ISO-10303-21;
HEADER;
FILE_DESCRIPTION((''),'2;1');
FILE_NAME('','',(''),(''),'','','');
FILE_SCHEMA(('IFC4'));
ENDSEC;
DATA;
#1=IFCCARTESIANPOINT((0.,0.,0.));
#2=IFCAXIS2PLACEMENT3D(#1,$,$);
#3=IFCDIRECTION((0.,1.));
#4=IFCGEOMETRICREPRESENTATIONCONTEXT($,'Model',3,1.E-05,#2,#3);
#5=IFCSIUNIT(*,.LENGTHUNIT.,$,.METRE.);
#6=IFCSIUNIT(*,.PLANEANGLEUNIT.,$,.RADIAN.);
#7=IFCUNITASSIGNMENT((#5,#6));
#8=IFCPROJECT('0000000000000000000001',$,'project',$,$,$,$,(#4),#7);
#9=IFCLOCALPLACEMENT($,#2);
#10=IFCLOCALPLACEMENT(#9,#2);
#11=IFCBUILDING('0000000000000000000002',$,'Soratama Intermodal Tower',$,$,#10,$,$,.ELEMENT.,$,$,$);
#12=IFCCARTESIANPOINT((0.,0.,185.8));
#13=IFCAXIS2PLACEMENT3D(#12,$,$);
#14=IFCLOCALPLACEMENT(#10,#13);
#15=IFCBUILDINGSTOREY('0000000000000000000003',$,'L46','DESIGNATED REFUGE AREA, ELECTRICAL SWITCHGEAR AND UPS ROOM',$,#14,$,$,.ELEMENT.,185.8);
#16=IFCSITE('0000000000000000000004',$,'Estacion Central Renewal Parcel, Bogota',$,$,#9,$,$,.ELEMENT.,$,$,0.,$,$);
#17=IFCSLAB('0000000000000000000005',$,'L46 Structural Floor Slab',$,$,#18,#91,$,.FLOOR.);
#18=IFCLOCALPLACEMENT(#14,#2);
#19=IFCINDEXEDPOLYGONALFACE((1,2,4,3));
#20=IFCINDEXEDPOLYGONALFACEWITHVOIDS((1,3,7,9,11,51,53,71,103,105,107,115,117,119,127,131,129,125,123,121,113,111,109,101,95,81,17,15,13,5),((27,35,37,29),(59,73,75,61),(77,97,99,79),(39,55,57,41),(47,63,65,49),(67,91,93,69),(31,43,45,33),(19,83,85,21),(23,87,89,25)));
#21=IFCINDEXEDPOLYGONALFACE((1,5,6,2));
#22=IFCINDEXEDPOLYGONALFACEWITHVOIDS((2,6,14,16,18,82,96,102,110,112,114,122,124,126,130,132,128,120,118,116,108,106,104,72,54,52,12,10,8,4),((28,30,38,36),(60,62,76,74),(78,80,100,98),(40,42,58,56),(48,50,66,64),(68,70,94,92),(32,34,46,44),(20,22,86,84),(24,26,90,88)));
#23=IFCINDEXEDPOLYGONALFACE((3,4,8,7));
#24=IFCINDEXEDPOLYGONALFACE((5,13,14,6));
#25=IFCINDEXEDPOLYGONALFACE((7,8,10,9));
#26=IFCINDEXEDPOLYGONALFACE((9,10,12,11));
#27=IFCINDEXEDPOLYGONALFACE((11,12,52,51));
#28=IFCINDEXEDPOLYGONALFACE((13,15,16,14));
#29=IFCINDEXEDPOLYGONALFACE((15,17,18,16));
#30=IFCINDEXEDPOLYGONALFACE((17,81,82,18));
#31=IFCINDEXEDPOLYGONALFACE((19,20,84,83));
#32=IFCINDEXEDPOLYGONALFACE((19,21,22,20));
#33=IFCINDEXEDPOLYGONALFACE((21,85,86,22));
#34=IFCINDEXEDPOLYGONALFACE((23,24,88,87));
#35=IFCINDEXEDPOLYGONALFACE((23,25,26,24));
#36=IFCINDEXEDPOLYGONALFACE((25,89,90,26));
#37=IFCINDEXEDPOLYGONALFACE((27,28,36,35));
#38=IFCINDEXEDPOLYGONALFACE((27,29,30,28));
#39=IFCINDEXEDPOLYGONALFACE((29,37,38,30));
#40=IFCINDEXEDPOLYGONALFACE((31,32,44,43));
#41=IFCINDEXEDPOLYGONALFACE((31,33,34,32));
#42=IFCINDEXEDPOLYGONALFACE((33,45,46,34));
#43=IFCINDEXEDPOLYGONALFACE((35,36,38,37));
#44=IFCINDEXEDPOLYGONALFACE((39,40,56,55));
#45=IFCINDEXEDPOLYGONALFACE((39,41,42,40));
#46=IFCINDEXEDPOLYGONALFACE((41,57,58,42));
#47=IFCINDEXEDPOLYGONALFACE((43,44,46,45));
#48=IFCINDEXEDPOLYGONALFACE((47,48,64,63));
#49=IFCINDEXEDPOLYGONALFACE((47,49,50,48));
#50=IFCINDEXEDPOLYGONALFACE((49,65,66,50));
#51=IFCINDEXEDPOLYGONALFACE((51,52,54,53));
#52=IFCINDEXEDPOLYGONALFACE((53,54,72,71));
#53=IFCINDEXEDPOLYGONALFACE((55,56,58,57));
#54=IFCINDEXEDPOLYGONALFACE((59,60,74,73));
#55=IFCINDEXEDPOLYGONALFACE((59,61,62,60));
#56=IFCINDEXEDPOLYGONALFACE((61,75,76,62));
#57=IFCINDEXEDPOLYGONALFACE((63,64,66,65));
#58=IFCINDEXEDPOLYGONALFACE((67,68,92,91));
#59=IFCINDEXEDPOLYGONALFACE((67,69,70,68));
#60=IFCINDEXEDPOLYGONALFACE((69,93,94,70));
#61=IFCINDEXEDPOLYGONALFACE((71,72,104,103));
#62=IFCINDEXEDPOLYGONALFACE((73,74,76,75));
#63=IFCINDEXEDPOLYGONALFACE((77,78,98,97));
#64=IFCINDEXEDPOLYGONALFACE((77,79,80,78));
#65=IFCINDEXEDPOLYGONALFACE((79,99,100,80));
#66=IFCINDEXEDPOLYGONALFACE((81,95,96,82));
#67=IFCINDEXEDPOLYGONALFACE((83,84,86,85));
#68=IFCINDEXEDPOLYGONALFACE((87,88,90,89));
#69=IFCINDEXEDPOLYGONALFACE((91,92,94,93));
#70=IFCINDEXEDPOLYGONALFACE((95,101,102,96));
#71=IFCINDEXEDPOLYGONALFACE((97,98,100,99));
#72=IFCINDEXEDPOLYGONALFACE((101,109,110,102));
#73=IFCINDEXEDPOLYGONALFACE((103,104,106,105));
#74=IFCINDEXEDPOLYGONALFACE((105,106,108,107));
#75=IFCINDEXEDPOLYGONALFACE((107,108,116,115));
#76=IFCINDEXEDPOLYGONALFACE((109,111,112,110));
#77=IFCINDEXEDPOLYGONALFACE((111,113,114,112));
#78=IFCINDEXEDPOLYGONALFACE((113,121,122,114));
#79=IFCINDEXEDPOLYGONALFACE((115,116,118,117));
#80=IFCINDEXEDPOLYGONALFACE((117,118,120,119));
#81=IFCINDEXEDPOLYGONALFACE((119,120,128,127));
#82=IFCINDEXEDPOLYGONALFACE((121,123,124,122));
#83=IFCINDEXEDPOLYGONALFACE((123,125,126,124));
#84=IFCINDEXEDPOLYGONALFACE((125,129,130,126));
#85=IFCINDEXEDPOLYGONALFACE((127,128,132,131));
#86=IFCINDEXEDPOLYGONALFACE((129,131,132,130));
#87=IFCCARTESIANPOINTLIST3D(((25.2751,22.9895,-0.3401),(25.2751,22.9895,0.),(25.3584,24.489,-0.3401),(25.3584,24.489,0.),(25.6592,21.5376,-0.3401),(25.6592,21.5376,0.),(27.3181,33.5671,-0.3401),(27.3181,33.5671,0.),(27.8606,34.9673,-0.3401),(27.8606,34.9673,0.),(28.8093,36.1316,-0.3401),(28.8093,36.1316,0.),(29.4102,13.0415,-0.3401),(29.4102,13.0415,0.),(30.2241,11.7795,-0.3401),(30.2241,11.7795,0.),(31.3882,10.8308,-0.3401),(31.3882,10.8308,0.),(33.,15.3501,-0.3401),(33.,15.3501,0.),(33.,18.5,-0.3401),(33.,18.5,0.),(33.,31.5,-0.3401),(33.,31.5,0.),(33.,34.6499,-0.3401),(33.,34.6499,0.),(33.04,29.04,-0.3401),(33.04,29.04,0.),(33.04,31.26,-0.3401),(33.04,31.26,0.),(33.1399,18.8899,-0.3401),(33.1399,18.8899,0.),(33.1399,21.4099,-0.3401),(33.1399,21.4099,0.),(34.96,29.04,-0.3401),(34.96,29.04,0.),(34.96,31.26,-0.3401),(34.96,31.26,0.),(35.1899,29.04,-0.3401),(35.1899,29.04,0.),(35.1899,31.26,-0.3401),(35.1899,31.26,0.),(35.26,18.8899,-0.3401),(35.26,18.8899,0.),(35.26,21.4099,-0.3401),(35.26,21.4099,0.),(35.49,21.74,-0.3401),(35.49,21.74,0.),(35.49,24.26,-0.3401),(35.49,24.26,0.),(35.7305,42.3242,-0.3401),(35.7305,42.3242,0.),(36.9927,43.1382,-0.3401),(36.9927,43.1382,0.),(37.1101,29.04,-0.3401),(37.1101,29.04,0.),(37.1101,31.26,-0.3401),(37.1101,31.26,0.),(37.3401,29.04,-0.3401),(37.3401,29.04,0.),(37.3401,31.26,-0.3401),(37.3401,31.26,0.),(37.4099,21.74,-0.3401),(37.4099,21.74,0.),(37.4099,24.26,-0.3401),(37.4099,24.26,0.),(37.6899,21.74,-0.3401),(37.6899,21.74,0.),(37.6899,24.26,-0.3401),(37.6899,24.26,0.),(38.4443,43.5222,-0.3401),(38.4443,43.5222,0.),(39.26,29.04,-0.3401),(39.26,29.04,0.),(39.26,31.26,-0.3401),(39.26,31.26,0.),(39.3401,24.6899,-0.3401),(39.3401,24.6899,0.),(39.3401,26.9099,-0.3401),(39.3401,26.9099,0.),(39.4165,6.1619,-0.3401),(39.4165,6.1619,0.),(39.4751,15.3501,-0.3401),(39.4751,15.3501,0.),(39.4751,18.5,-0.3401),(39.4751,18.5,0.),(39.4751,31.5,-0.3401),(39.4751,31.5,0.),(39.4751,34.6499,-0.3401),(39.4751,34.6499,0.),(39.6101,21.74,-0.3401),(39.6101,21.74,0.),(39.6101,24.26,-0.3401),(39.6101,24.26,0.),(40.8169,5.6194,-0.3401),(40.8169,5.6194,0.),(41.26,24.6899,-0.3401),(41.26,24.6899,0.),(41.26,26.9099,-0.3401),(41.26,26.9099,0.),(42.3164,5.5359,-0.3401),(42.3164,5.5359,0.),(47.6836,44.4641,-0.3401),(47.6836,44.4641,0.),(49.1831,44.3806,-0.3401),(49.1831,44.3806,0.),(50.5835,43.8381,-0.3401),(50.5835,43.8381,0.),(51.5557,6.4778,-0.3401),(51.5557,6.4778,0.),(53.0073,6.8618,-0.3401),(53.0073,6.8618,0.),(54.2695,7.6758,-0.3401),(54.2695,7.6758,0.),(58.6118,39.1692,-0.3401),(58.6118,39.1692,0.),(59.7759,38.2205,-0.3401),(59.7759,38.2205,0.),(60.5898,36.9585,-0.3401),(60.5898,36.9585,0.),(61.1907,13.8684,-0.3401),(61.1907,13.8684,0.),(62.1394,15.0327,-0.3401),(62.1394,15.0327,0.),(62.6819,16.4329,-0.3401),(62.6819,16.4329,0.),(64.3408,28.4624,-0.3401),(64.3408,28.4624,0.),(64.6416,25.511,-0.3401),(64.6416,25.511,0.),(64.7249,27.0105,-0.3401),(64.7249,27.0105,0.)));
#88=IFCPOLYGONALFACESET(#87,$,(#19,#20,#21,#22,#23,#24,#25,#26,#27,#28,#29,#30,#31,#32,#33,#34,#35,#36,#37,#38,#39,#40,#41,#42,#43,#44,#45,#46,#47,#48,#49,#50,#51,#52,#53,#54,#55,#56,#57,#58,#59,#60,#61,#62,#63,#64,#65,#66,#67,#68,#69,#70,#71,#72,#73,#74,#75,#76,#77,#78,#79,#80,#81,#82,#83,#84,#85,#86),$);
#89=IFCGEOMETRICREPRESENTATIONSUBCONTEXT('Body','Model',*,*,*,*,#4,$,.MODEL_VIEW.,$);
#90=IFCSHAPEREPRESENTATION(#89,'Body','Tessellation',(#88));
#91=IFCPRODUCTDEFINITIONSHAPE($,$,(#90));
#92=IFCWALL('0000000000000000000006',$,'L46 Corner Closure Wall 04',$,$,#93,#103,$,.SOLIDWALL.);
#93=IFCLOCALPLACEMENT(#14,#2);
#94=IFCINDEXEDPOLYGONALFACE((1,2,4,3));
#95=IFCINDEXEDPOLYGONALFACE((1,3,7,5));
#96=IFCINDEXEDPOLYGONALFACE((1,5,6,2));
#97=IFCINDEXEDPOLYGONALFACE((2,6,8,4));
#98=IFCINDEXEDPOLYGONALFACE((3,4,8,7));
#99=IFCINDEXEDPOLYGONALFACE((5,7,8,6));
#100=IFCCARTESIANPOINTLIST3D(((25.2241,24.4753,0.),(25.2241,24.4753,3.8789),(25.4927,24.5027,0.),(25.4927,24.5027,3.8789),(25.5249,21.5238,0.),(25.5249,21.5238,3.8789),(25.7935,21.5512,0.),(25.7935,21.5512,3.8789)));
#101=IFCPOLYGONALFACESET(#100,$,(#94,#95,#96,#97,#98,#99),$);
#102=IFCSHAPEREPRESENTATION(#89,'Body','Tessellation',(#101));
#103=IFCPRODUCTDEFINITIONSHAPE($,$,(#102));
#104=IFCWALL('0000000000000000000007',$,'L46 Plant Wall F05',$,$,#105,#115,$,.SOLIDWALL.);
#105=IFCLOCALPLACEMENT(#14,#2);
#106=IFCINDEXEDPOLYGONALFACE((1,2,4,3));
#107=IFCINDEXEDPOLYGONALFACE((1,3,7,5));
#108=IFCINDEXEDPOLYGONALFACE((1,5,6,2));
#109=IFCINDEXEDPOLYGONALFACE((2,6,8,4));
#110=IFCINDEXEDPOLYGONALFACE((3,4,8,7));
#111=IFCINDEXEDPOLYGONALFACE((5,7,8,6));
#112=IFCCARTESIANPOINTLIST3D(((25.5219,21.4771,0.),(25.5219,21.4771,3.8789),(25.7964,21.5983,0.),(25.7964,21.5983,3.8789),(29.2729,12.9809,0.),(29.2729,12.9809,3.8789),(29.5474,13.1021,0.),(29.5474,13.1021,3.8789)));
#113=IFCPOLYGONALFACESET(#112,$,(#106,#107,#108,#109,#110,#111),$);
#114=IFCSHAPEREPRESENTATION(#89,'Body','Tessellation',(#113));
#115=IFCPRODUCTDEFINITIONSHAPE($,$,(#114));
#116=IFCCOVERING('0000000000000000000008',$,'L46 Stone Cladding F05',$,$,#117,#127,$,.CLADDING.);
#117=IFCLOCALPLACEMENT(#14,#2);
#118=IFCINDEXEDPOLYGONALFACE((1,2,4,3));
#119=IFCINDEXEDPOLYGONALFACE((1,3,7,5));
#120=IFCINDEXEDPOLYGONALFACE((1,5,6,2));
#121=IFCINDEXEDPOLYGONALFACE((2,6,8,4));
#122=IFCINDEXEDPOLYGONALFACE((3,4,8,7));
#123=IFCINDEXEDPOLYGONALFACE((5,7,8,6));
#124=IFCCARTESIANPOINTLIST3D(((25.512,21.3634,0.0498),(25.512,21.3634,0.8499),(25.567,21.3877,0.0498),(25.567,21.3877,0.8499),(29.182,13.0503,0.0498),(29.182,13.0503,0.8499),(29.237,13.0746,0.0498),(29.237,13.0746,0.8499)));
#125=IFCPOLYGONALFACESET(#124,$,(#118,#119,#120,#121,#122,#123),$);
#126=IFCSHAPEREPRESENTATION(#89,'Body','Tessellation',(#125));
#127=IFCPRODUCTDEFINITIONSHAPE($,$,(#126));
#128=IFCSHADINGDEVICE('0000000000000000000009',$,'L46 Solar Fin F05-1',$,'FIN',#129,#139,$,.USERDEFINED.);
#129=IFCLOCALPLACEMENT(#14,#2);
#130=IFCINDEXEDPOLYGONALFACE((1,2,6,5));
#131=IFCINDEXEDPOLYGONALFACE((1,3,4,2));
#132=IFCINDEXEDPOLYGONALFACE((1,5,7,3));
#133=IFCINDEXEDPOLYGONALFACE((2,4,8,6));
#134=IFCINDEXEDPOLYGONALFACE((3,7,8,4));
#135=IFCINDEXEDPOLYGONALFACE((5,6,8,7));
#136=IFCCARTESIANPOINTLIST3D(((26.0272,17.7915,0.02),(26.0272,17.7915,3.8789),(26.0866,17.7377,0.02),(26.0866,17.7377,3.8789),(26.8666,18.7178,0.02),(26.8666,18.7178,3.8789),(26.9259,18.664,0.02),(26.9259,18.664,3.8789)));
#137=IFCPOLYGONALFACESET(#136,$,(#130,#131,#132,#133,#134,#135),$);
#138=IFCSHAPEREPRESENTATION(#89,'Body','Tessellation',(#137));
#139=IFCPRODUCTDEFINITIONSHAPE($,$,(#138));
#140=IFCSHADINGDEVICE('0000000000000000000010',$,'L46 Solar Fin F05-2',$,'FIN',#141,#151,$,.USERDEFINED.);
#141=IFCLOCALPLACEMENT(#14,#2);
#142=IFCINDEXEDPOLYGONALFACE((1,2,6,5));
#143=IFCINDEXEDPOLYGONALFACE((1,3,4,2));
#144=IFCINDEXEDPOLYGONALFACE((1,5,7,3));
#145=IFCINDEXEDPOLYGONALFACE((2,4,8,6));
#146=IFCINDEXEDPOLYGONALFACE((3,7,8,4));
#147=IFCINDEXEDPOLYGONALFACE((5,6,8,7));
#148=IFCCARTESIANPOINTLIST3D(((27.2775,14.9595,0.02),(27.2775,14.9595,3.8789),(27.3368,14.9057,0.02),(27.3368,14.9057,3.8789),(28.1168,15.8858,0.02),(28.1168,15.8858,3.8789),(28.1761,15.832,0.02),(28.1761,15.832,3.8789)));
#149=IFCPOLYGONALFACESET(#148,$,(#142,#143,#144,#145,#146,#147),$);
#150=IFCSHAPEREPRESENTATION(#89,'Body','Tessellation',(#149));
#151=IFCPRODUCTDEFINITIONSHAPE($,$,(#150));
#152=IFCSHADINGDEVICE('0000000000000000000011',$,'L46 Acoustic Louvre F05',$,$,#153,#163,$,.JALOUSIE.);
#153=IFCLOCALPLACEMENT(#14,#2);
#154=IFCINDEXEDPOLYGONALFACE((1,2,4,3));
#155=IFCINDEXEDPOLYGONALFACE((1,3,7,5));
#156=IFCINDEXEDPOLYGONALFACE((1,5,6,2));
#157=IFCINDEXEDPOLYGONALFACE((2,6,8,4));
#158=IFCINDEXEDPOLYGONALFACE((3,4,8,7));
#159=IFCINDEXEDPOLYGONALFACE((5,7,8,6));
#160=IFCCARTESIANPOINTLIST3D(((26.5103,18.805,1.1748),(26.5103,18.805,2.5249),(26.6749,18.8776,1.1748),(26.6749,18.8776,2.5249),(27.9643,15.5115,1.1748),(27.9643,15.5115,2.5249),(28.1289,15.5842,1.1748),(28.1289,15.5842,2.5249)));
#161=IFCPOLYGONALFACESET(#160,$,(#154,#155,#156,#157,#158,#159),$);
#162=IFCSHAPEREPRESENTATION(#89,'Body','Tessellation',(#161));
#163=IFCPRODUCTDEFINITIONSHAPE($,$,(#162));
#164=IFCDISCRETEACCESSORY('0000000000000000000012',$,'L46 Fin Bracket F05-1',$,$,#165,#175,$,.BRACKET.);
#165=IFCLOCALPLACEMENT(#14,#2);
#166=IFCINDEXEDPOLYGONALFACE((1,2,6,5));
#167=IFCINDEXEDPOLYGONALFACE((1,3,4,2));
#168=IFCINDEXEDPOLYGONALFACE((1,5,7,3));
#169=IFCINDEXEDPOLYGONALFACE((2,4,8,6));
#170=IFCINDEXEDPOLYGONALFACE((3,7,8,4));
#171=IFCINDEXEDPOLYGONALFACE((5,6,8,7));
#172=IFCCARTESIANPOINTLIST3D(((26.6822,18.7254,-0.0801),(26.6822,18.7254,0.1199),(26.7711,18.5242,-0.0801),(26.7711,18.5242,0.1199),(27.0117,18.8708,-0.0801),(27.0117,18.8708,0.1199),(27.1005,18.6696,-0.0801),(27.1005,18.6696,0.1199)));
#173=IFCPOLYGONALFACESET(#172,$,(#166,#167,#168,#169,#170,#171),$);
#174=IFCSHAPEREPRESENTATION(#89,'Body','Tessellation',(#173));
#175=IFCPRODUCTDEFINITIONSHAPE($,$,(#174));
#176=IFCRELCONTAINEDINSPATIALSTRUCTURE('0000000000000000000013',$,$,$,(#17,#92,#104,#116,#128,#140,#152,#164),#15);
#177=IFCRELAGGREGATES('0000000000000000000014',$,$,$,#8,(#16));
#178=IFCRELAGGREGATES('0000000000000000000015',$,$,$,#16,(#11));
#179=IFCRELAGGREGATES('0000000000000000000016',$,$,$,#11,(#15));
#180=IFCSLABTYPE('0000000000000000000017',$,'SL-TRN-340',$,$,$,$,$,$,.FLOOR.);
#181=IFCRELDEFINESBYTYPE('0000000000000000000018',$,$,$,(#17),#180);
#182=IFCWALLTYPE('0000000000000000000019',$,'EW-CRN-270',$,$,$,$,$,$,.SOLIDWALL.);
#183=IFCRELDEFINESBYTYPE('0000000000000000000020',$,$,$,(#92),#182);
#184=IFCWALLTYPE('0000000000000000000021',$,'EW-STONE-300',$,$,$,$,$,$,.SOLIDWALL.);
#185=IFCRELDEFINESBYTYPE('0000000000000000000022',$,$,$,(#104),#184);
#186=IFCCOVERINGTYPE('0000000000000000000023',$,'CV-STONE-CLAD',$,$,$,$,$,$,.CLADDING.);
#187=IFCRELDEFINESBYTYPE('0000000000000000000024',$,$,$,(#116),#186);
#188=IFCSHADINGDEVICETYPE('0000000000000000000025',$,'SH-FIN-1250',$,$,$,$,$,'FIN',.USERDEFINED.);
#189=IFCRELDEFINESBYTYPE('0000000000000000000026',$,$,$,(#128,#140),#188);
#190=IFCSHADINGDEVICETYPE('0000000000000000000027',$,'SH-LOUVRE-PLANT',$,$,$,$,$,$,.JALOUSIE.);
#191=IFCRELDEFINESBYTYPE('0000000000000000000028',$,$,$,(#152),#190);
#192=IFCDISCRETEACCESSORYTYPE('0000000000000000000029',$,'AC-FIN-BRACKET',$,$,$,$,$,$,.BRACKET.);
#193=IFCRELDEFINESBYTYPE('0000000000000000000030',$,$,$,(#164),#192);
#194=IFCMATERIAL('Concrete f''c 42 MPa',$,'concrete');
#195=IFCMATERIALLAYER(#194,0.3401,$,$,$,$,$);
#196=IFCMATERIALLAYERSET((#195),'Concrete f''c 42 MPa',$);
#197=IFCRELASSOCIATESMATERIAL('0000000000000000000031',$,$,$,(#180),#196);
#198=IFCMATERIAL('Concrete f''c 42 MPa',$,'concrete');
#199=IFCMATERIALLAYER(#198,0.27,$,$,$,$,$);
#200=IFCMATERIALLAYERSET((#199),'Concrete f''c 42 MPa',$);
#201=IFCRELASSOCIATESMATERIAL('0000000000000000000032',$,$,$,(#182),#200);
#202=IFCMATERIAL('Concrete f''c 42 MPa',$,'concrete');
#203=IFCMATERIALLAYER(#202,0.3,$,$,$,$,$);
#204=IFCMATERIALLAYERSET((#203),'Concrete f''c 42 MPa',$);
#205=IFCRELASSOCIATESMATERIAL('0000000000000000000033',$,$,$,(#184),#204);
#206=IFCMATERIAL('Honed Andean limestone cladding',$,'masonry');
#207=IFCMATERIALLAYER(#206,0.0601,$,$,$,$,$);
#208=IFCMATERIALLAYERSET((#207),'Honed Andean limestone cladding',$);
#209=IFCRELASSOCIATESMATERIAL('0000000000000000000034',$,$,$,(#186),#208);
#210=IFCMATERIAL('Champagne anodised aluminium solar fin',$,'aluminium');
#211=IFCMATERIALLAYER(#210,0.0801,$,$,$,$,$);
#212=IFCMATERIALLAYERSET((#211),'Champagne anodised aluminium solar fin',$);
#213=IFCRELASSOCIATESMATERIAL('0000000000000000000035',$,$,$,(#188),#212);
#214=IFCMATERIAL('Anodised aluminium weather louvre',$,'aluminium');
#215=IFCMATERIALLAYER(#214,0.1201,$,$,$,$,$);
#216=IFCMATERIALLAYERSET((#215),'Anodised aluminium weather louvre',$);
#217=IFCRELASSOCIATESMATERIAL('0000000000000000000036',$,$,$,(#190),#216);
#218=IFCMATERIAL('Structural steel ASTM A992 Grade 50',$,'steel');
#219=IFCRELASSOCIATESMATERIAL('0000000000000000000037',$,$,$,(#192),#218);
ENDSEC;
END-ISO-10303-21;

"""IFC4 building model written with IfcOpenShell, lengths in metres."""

from ifc_helpers import new_model, si_unit, direction, frame, frame_2d, origin, origin_2d, place, context, subcontext, project, spatial, polyline, rectangle, outline, extrude, material, layer, layer_set, type_object, element, save


model = new_model("IFC4")

# Units and contexts
model_context = context("Model", 3, precision=1e-05, world=origin(), true_north=direction((0.0, 1.0)))
body_context = subcontext(model_context, "Body", "Model", "MODEL_VIEW")
ifc_project = project(units=[si_unit("LENGTHUNIT", "METRE"), si_unit("PLANEANGLEUNIT", "RADIAN")], contexts=[model_context])

# Site, building, storey
site_placement = place(None, origin())
site = spatial("IfcSite", under=ifc_project, at=site_placement, Name="Estacion Central Renewal Parcel, Bogota", CompositionType="ELEMENT", RefElevation=0.0)
building_placement = place(site_placement, origin())
building = spatial("IfcBuilding", under=site, at=building_placement, Name="Soratama Intermodal Tower", CompositionType="ELEMENT")
storey_placement = place(building_placement, frame((0.0, 0.0, 185.8)))
storey = spatial("IfcBuildingStorey", under=building, at=storey_placement, Name="L46", Description="DESIGNATED REFUGE AREA, ELECTRICAL SWITCHGEAR AND UPS ROOM", CompositionType="ELEMENT", Elevation=185.8)

# Slab
ifc_material_1 = material(Name="Concrete f'c 42 MPa", Category="concrete")
ifc_layer_1 = layer(ifc_material_1, 0.3401)
ifc_layer_set_1 = layer_set([ifc_layer_1], Name="Concrete f'c 42 MPa")
slab_type_1 = type_object("IfcSlabType", Name="SL-TRN-340", PredefinedType="FLOOR", material=ifc_layer_set_1)
slab_1_placement = place(storey_placement, frame((0.0, 0.0, -0.3401)))
element("IfcSlab", 1, at=slab_1_placement, inside=storey, type_object=slab_type_1, Name="L46 Structural Floor Slab", PredefinedType="FLOOR", context=body_context, shape_type="SweptSolid", body=[
    extrude(outline(polyline([(60.5898, 36.9585), (59.7759, 38.2205), (58.6118, 39.1692), (50.5835, 43.8381), (49.1831, 44.3806), (47.6836, 44.4641), (38.4443, 43.5222), (36.9927, 43.1382), (35.7305, 42.3242), (28.8093, 36.1316), (27.8606, 34.9673), (27.3181, 33.5671), (25.3584, 24.489), (25.2751, 22.9895), (25.6592, 21.5376), (29.4102, 13.0415), (30.2241, 11.7795), (31.3882, 10.8308), (39.4165, 6.1619), (40.8169, 5.6194), (42.3164, 5.5359), (51.5557, 6.4778), (53.0073, 6.8618), (54.2695, 7.6758), (61.1907, 13.8684), (62.1394, 15.0327), (62.6819, 16.4329), (64.6416, 25.511), (64.7249, 27.0105), (64.3408, 28.4624), (60.5898, 36.9585)]), holes=[polyline([(33.0, 18.5), (33.0, 15.3501), (39.4751, 15.3501), (39.4751, 18.5), (33.0, 18.5)]), polyline([(35.26, 21.4099), (33.1399, 21.4099), (33.1399, 18.8899), (35.26, 18.8899), (35.26, 21.4099)]), polyline([(37.4099, 24.26), (35.49, 24.26), (35.49, 21.74), (37.4099, 21.74), (37.4099, 24.26)]), polyline([(39.6101, 24.26), (37.6899, 24.26), (37.6899, 21.74), (39.6101, 21.74), (39.6101, 24.26)]), polyline([(41.26, 26.9099), (39.3401, 26.9099), (39.3401, 24.6899), (41.26, 24.6899), (41.26, 26.9099)]), polyline([(34.96, 31.26), (33.04, 31.26), (33.04, 29.04), (34.96, 29.04), (34.96, 31.26)]), polyline([(37.1101, 31.26), (35.1899, 31.26), (35.1899, 29.04), (37.1101, 29.04), (37.1101, 31.26)]), polyline([(39.26, 29.04), (39.26, 31.26), (37.3401, 31.26), (37.3401, 29.04), (39.26, 29.04)]), polyline([(39.4751, 34.6499), (33.0, 34.6499), (33.0, 31.5), (39.4751, 31.5), (39.4751, 34.6499)])]), origin(), (0.0, 0.0, 1.0), 0.3401),
])

# Walls
ifc_material_2 = material(Name="Concrete f'c 42 MPa", Category="concrete")
ifc_layer_2 = layer(ifc_material_2, 0.27)
ifc_layer_set_2 = layer_set([ifc_layer_2], Name="Concrete f'c 42 MPa")
wall_type_1 = type_object("IfcWallType", Name="EW-CRN-270", PredefinedType="SOLIDWALL", material=ifc_layer_set_2)
wall_1_placement = place(storey_placement, frame((25.3584, 24.489, 0.0), z_axis=(0.0, 0.0, 1.0), x_axis=(0.101386, -0.994847, 0.0)))
element("IfcWall", 2, at=wall_1_placement, inside=storey, type_object=wall_type_1, Name="L46 Corner Closure Wall 04", PredefinedType="SOLIDWALL", context=body_context, shape_type="SweptSolid", body=[
    extrude(rectangle(XDim=2.9668, YDim=0.27, at=frame_2d((1.4834, 0.0))), origin(), (0.0, 0.0, 1.0), 3.8789),
])
ifc_material_3 = material(Name="Concrete f'c 42 MPa", Category="concrete")
ifc_layer_3 = layer(ifc_material_3, 0.3)
ifc_layer_set_3 = layer_set([ifc_layer_3], Name="Concrete f'c 42 MPa")
wall_type_2 = type_object("IfcWallType", Name="EW-STONE-300", PredefinedType="SOLIDWALL", material=ifc_layer_set_3)
wall_2_placement = place(storey_placement, frame((25.6592, 21.5376, 0.0), z_axis=(0.0, 0.0, 1.0), x_axis=(0.403884, -0.91481, 0.0)))
element("IfcWall", 3, at=wall_2_placement, inside=storey, type_object=wall_type_2, Name="L46 Plant Wall F05", PredefinedType="SOLIDWALL", context=body_context, shape_type="SweptSolid", body=[
    extrude(rectangle(XDim=9.2874, YDim=0.3, at=frame_2d((4.6436, 0.0))), origin(), (0.0, 0.0, 1.0), 3.8789),
])

# Covering
ifc_material_4 = material(Name="Honed Andean limestone cladding", Category="masonry")
ifc_layer_4 = layer(ifc_material_4, 0.0601)
ifc_layer_set_4 = layer_set([ifc_layer_4], Name="Honed Andean limestone cladding")
covering_type = type_object("IfcCoveringType", Name="CV-STONE-CLAD", PredefinedType="CLADDING", material=ifc_layer_set_4)
covering_placement = place(storey_placement, frame((27.3745, 17.219, 0.0498), z_axis=(0.0, 0.0, 1.0), x_axis=(0.403865, -0.914819, 0.0)))
element("IfcCovering", 4, at=covering_placement, inside=storey, type_object=covering_type, Name="L46 Stone Cladding F05", PredefinedType="CLADDING", context=body_context, shape_type="SweptSolid", body=[
    extrude(rectangle(XDim=9.0872, YDim=0.0601, at=origin_2d()), origin(), (0.0, 0.0, 1.0), 0.8),
])

# Shading devices
ifc_material_5 = material(Name="Champagne anodised aluminium solar fin", Category="aluminium")
ifc_layer_5 = layer(ifc_material_5, 0.0801)
ifc_layer_set_5 = layer_set([ifc_layer_5], Name="Champagne anodised aluminium solar fin")
shading_device_type_1 = type_object("IfcShadingDeviceType", Name="SH-FIN-1250", ElementType="FIN", PredefinedType="USERDEFINED", material=ifc_layer_set_5)
for number, where, z_axis, x_axis, name in (
    (5, (26.4766, 18.2278, 0.02), (0.0, 0.0, 1.0), (-0.671462, -0.741039, 0.0), "L46 Solar Fin F05-1"),
    (6, (27.7268, 15.3958, 0.02), (0.0, 0.0, 1.0), (-0.671462, -0.741039, 0.0), "L46 Solar Fin F05-2"),
):
    element("IfcShadingDevice", number, at=place(storey_placement, frame(where, z_axis=z_axis, x_axis=x_axis)), inside=storey, type_object=shading_device_type_1, Name=name, ObjectType="FIN", PredefinedType="USERDEFINED", context=body_context, shape_type="SweptSolid", body=[
        extrude(rectangle(XDim=1.25, YDim=0.0801, at=origin_2d()), origin(), (0.0, 0.0, 1.0), 3.8589),
    ])
ifc_material_6 = material(Name="Anodised aluminium weather louvre", Category="aluminium")
ifc_layer_6 = layer(ifc_material_6, 0.1201)
ifc_layer_set_6 = layer_set([ifc_layer_6], Name="Anodised aluminium weather louvre")
shading_device_type_2 = type_object("IfcShadingDeviceType", Name="SH-LOUVRE-PLANT", PredefinedType="JALOUSIE", material=ifc_layer_set_6)
shading_device_placement = place(storey_placement, frame((27.3196, 17.1946, 1.1748), z_axis=(0.0, 0.0, 1.0), x_axis=(0.403865, -0.914819, 0.0)))
element("IfcShadingDevice", 7, at=shading_device_placement, inside=storey, type_object=shading_device_type_2, Name="L46 Acoustic Louvre F05", PredefinedType="JALOUSIE", context=body_context, shape_type="SweptSolid", body=[
    extrude(rectangle(XDim=3.6001, YDim=0.1799, at=origin_2d()), origin(), (0.0, 0.0, 1.0), 1.3501),
])

# Discrete accessory
ifc_material_7 = material(Name="Structural steel ASTM A992 Grade 50", Category="steel")
discrete_accessory_type = type_object("IfcDiscreteAccessoryType", Name="AC-FIN-BRACKET", PredefinedType="BRACKET", material=ifc_material_7)
for number, where, z_axis, x_axis, name in (
    (8, (26.8914, 18.6975, -0.0801), (0.0, 0.0, 1.0), (-0.914819, -0.403865, 0.0), "L46 Fin Bracket F05-1"),
):
    element("IfcDiscreteAccessory", number, at=place(storey_placement, frame(where, z_axis=z_axis, x_axis=x_axis)), inside=storey, type_object=discrete_accessory_type, Name=name, PredefinedType="BRACKET", context=body_context, shape_type="SweptSolid", body=[
        extrude(rectangle(XDim=0.3601, YDim=0.22, at=origin_2d()), origin(), (0.0, 0.0, 1.0), 0.2),
    ])

save(model, "model.ifc")
